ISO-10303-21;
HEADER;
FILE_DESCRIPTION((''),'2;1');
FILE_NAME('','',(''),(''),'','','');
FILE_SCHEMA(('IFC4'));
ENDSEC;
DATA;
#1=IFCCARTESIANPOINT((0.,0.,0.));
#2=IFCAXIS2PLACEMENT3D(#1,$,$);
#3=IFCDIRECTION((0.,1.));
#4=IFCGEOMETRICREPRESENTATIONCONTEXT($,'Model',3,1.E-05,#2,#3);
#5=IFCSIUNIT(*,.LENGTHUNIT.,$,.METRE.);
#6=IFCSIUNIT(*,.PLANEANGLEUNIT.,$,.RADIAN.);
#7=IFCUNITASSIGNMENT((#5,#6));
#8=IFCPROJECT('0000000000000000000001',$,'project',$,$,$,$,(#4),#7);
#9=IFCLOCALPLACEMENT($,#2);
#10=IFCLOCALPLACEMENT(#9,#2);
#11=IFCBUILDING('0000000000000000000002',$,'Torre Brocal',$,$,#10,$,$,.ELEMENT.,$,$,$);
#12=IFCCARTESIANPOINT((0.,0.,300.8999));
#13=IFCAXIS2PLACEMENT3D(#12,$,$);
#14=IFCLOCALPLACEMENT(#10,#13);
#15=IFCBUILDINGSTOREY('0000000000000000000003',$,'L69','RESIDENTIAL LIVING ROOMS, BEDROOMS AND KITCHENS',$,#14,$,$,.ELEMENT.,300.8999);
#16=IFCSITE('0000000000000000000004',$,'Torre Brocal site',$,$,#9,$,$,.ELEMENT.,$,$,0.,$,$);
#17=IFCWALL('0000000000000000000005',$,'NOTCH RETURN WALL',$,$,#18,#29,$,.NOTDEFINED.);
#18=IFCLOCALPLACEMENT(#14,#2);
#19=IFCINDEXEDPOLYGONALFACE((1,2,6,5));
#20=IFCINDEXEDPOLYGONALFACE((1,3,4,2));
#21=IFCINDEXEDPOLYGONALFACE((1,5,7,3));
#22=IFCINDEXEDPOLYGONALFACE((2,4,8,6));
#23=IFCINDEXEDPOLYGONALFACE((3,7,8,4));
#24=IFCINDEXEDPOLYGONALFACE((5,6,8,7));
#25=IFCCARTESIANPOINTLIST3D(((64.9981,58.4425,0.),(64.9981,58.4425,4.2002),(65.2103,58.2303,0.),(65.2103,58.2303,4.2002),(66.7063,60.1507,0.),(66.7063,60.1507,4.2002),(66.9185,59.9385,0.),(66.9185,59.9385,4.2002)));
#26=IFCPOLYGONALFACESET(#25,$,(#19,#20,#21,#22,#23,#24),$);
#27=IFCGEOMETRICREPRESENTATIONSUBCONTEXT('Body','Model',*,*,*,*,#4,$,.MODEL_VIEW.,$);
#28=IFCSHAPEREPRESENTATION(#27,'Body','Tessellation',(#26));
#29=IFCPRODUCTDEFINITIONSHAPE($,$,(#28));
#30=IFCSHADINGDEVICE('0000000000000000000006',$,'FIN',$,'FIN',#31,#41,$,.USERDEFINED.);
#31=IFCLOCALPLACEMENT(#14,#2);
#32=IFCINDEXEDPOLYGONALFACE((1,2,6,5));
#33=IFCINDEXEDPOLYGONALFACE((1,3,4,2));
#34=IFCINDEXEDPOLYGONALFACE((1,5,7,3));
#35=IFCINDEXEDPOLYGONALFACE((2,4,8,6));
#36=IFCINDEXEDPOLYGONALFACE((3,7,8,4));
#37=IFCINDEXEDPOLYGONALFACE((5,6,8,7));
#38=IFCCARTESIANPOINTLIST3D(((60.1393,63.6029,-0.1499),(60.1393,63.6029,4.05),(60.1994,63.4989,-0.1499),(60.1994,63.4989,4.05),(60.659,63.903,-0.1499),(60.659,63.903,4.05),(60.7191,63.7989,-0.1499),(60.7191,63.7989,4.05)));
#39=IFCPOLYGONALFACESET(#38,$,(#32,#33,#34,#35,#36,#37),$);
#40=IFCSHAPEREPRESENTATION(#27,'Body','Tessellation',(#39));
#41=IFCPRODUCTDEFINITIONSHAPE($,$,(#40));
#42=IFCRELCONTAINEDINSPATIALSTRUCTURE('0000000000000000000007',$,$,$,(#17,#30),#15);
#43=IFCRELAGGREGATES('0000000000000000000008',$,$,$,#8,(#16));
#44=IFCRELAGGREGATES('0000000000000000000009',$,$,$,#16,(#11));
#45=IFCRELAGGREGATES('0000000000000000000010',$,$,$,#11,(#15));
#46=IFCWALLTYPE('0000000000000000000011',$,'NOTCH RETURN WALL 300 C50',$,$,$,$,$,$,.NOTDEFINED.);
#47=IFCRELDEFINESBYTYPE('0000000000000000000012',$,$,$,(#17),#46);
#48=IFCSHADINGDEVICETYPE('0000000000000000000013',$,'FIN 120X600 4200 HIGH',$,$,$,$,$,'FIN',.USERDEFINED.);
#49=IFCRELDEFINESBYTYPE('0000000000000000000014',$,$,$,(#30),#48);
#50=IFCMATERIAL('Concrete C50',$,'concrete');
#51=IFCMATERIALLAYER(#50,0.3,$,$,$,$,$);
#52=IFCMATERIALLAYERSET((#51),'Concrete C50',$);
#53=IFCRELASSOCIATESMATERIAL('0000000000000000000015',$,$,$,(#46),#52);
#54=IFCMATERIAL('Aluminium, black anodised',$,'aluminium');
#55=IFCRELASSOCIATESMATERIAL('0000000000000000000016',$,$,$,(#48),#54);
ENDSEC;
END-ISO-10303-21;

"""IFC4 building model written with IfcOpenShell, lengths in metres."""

from ifc_helpers import new_model, si_unit, direction, frame, frame_2d, origin, origin_2d, place, context, subcontext, project, spatial, rectangle, extrude, material, layer, layer_set, material_profile, profile_set, type_object, element, save


model = new_model("IFC4")

# Units and contexts
model_context = context("Model", 3, precision=1e-05, world=origin(), true_north=direction((0.0, 1.0)))
body_context = subcontext(model_context, "Body", "Model", "MODEL_VIEW")
ifc_project = project(units=[si_unit("LENGTHUNIT", "METRE"), si_unit("PLANEANGLEUNIT", "RADIAN")], contexts=[model_context])

# Site, building, storey
site_placement = place(None, origin())
site = spatial("IfcSite", under=ifc_project, at=site_placement, Name="Torre Brocal site", CompositionType="ELEMENT", RefElevation=0.0)
building_placement = place(site_placement, origin())
building = spatial("IfcBuilding", under=site, at=building_placement, Name="Torre Brocal", CompositionType="ELEMENT")
storey_placement = place(building_placement, frame((0.0, 0.0, 300.8999)))
storey = spatial("IfcBuildingStorey", under=building, at=storey_placement, Name="L69", Description="RESIDENTIAL LIVING ROOMS, BEDROOMS AND KITCHENS", CompositionType="ELEMENT", Elevation=300.8999)

# Wall
ifc_material_1 = material(Name="Concrete C50", Category="concrete")
ifc_layer_1 = layer(ifc_material_1, 0.3)
ifc_layer_set_1 = layer_set([ifc_layer_1], Name="Concrete C50")
wall_type = type_object("IfcWallType", Name="NOTCH RETURN WALL 300 C50", PredefinedType="NOTDEFINED", material=ifc_layer_set_1)
for number, where, z_axis, x_axis, name in (
    (1, (66.8125, 60.0447, 0.0), (0.0, 0.0, 1.0), (-0.707107, -0.707107, 0.0), "NOTCH RETURN WALL"),
):
    element("IfcWall", number, at=place(storey_placement, frame(where, z_axis=z_axis, x_axis=x_axis)), inside=storey, type_object=wall_type, Name=name, PredefinedType="NOTDEFINED", context=body_context, shape_type="SweptSolid", body=[
        extrude(rectangle(XDim=2.4158, YDim=0.3, at=frame_2d((1.208, 0.0))), origin(), (0.0, 0.0, 1.0), 4.2002),
    ])

# Shading device
ifc_material_2 = material(Name="Aluminium, black anodised", Category="aluminium")
ifc_material_profile_1 = material_profile(ifc_material_2, rectangle(XDim=0.1201, YDim=0.6001, at=origin_2d()), Name="FIN 120X600 4200 HIGH")
ifc_profile_set_1 = profile_set([ifc_material_profile_1], Name="Aluminium, black anodised")
shading_device_type = type_object("IfcShadingDeviceType", Name="FIN 120X600 4200 HIGH", ElementType="FIN", PredefinedType="USERDEFINED", material=ifc_profile_set_1)
shading_device_placement = place(storey_placement, frame((60.4292, 63.7009, -0.1499), z_axis=(0.0, 0.0, 1.0), x_axis=(0.5, -0.866025, 0.0)))
element("IfcShadingDevice", 2, at=shading_device_placement, inside=storey, type_object=shading_device_type, Name="FIN", ObjectType="FIN", PredefinedType="USERDEFINED", context=body_context, shape_type="SweptSolid", body=[
    extrude(rectangle(XDim=0.1201, YDim=0.6001, at=origin_2d()), origin(), (0.0, 0.0, 1.0), 4.2),
])

save(model, "model.ifc")
